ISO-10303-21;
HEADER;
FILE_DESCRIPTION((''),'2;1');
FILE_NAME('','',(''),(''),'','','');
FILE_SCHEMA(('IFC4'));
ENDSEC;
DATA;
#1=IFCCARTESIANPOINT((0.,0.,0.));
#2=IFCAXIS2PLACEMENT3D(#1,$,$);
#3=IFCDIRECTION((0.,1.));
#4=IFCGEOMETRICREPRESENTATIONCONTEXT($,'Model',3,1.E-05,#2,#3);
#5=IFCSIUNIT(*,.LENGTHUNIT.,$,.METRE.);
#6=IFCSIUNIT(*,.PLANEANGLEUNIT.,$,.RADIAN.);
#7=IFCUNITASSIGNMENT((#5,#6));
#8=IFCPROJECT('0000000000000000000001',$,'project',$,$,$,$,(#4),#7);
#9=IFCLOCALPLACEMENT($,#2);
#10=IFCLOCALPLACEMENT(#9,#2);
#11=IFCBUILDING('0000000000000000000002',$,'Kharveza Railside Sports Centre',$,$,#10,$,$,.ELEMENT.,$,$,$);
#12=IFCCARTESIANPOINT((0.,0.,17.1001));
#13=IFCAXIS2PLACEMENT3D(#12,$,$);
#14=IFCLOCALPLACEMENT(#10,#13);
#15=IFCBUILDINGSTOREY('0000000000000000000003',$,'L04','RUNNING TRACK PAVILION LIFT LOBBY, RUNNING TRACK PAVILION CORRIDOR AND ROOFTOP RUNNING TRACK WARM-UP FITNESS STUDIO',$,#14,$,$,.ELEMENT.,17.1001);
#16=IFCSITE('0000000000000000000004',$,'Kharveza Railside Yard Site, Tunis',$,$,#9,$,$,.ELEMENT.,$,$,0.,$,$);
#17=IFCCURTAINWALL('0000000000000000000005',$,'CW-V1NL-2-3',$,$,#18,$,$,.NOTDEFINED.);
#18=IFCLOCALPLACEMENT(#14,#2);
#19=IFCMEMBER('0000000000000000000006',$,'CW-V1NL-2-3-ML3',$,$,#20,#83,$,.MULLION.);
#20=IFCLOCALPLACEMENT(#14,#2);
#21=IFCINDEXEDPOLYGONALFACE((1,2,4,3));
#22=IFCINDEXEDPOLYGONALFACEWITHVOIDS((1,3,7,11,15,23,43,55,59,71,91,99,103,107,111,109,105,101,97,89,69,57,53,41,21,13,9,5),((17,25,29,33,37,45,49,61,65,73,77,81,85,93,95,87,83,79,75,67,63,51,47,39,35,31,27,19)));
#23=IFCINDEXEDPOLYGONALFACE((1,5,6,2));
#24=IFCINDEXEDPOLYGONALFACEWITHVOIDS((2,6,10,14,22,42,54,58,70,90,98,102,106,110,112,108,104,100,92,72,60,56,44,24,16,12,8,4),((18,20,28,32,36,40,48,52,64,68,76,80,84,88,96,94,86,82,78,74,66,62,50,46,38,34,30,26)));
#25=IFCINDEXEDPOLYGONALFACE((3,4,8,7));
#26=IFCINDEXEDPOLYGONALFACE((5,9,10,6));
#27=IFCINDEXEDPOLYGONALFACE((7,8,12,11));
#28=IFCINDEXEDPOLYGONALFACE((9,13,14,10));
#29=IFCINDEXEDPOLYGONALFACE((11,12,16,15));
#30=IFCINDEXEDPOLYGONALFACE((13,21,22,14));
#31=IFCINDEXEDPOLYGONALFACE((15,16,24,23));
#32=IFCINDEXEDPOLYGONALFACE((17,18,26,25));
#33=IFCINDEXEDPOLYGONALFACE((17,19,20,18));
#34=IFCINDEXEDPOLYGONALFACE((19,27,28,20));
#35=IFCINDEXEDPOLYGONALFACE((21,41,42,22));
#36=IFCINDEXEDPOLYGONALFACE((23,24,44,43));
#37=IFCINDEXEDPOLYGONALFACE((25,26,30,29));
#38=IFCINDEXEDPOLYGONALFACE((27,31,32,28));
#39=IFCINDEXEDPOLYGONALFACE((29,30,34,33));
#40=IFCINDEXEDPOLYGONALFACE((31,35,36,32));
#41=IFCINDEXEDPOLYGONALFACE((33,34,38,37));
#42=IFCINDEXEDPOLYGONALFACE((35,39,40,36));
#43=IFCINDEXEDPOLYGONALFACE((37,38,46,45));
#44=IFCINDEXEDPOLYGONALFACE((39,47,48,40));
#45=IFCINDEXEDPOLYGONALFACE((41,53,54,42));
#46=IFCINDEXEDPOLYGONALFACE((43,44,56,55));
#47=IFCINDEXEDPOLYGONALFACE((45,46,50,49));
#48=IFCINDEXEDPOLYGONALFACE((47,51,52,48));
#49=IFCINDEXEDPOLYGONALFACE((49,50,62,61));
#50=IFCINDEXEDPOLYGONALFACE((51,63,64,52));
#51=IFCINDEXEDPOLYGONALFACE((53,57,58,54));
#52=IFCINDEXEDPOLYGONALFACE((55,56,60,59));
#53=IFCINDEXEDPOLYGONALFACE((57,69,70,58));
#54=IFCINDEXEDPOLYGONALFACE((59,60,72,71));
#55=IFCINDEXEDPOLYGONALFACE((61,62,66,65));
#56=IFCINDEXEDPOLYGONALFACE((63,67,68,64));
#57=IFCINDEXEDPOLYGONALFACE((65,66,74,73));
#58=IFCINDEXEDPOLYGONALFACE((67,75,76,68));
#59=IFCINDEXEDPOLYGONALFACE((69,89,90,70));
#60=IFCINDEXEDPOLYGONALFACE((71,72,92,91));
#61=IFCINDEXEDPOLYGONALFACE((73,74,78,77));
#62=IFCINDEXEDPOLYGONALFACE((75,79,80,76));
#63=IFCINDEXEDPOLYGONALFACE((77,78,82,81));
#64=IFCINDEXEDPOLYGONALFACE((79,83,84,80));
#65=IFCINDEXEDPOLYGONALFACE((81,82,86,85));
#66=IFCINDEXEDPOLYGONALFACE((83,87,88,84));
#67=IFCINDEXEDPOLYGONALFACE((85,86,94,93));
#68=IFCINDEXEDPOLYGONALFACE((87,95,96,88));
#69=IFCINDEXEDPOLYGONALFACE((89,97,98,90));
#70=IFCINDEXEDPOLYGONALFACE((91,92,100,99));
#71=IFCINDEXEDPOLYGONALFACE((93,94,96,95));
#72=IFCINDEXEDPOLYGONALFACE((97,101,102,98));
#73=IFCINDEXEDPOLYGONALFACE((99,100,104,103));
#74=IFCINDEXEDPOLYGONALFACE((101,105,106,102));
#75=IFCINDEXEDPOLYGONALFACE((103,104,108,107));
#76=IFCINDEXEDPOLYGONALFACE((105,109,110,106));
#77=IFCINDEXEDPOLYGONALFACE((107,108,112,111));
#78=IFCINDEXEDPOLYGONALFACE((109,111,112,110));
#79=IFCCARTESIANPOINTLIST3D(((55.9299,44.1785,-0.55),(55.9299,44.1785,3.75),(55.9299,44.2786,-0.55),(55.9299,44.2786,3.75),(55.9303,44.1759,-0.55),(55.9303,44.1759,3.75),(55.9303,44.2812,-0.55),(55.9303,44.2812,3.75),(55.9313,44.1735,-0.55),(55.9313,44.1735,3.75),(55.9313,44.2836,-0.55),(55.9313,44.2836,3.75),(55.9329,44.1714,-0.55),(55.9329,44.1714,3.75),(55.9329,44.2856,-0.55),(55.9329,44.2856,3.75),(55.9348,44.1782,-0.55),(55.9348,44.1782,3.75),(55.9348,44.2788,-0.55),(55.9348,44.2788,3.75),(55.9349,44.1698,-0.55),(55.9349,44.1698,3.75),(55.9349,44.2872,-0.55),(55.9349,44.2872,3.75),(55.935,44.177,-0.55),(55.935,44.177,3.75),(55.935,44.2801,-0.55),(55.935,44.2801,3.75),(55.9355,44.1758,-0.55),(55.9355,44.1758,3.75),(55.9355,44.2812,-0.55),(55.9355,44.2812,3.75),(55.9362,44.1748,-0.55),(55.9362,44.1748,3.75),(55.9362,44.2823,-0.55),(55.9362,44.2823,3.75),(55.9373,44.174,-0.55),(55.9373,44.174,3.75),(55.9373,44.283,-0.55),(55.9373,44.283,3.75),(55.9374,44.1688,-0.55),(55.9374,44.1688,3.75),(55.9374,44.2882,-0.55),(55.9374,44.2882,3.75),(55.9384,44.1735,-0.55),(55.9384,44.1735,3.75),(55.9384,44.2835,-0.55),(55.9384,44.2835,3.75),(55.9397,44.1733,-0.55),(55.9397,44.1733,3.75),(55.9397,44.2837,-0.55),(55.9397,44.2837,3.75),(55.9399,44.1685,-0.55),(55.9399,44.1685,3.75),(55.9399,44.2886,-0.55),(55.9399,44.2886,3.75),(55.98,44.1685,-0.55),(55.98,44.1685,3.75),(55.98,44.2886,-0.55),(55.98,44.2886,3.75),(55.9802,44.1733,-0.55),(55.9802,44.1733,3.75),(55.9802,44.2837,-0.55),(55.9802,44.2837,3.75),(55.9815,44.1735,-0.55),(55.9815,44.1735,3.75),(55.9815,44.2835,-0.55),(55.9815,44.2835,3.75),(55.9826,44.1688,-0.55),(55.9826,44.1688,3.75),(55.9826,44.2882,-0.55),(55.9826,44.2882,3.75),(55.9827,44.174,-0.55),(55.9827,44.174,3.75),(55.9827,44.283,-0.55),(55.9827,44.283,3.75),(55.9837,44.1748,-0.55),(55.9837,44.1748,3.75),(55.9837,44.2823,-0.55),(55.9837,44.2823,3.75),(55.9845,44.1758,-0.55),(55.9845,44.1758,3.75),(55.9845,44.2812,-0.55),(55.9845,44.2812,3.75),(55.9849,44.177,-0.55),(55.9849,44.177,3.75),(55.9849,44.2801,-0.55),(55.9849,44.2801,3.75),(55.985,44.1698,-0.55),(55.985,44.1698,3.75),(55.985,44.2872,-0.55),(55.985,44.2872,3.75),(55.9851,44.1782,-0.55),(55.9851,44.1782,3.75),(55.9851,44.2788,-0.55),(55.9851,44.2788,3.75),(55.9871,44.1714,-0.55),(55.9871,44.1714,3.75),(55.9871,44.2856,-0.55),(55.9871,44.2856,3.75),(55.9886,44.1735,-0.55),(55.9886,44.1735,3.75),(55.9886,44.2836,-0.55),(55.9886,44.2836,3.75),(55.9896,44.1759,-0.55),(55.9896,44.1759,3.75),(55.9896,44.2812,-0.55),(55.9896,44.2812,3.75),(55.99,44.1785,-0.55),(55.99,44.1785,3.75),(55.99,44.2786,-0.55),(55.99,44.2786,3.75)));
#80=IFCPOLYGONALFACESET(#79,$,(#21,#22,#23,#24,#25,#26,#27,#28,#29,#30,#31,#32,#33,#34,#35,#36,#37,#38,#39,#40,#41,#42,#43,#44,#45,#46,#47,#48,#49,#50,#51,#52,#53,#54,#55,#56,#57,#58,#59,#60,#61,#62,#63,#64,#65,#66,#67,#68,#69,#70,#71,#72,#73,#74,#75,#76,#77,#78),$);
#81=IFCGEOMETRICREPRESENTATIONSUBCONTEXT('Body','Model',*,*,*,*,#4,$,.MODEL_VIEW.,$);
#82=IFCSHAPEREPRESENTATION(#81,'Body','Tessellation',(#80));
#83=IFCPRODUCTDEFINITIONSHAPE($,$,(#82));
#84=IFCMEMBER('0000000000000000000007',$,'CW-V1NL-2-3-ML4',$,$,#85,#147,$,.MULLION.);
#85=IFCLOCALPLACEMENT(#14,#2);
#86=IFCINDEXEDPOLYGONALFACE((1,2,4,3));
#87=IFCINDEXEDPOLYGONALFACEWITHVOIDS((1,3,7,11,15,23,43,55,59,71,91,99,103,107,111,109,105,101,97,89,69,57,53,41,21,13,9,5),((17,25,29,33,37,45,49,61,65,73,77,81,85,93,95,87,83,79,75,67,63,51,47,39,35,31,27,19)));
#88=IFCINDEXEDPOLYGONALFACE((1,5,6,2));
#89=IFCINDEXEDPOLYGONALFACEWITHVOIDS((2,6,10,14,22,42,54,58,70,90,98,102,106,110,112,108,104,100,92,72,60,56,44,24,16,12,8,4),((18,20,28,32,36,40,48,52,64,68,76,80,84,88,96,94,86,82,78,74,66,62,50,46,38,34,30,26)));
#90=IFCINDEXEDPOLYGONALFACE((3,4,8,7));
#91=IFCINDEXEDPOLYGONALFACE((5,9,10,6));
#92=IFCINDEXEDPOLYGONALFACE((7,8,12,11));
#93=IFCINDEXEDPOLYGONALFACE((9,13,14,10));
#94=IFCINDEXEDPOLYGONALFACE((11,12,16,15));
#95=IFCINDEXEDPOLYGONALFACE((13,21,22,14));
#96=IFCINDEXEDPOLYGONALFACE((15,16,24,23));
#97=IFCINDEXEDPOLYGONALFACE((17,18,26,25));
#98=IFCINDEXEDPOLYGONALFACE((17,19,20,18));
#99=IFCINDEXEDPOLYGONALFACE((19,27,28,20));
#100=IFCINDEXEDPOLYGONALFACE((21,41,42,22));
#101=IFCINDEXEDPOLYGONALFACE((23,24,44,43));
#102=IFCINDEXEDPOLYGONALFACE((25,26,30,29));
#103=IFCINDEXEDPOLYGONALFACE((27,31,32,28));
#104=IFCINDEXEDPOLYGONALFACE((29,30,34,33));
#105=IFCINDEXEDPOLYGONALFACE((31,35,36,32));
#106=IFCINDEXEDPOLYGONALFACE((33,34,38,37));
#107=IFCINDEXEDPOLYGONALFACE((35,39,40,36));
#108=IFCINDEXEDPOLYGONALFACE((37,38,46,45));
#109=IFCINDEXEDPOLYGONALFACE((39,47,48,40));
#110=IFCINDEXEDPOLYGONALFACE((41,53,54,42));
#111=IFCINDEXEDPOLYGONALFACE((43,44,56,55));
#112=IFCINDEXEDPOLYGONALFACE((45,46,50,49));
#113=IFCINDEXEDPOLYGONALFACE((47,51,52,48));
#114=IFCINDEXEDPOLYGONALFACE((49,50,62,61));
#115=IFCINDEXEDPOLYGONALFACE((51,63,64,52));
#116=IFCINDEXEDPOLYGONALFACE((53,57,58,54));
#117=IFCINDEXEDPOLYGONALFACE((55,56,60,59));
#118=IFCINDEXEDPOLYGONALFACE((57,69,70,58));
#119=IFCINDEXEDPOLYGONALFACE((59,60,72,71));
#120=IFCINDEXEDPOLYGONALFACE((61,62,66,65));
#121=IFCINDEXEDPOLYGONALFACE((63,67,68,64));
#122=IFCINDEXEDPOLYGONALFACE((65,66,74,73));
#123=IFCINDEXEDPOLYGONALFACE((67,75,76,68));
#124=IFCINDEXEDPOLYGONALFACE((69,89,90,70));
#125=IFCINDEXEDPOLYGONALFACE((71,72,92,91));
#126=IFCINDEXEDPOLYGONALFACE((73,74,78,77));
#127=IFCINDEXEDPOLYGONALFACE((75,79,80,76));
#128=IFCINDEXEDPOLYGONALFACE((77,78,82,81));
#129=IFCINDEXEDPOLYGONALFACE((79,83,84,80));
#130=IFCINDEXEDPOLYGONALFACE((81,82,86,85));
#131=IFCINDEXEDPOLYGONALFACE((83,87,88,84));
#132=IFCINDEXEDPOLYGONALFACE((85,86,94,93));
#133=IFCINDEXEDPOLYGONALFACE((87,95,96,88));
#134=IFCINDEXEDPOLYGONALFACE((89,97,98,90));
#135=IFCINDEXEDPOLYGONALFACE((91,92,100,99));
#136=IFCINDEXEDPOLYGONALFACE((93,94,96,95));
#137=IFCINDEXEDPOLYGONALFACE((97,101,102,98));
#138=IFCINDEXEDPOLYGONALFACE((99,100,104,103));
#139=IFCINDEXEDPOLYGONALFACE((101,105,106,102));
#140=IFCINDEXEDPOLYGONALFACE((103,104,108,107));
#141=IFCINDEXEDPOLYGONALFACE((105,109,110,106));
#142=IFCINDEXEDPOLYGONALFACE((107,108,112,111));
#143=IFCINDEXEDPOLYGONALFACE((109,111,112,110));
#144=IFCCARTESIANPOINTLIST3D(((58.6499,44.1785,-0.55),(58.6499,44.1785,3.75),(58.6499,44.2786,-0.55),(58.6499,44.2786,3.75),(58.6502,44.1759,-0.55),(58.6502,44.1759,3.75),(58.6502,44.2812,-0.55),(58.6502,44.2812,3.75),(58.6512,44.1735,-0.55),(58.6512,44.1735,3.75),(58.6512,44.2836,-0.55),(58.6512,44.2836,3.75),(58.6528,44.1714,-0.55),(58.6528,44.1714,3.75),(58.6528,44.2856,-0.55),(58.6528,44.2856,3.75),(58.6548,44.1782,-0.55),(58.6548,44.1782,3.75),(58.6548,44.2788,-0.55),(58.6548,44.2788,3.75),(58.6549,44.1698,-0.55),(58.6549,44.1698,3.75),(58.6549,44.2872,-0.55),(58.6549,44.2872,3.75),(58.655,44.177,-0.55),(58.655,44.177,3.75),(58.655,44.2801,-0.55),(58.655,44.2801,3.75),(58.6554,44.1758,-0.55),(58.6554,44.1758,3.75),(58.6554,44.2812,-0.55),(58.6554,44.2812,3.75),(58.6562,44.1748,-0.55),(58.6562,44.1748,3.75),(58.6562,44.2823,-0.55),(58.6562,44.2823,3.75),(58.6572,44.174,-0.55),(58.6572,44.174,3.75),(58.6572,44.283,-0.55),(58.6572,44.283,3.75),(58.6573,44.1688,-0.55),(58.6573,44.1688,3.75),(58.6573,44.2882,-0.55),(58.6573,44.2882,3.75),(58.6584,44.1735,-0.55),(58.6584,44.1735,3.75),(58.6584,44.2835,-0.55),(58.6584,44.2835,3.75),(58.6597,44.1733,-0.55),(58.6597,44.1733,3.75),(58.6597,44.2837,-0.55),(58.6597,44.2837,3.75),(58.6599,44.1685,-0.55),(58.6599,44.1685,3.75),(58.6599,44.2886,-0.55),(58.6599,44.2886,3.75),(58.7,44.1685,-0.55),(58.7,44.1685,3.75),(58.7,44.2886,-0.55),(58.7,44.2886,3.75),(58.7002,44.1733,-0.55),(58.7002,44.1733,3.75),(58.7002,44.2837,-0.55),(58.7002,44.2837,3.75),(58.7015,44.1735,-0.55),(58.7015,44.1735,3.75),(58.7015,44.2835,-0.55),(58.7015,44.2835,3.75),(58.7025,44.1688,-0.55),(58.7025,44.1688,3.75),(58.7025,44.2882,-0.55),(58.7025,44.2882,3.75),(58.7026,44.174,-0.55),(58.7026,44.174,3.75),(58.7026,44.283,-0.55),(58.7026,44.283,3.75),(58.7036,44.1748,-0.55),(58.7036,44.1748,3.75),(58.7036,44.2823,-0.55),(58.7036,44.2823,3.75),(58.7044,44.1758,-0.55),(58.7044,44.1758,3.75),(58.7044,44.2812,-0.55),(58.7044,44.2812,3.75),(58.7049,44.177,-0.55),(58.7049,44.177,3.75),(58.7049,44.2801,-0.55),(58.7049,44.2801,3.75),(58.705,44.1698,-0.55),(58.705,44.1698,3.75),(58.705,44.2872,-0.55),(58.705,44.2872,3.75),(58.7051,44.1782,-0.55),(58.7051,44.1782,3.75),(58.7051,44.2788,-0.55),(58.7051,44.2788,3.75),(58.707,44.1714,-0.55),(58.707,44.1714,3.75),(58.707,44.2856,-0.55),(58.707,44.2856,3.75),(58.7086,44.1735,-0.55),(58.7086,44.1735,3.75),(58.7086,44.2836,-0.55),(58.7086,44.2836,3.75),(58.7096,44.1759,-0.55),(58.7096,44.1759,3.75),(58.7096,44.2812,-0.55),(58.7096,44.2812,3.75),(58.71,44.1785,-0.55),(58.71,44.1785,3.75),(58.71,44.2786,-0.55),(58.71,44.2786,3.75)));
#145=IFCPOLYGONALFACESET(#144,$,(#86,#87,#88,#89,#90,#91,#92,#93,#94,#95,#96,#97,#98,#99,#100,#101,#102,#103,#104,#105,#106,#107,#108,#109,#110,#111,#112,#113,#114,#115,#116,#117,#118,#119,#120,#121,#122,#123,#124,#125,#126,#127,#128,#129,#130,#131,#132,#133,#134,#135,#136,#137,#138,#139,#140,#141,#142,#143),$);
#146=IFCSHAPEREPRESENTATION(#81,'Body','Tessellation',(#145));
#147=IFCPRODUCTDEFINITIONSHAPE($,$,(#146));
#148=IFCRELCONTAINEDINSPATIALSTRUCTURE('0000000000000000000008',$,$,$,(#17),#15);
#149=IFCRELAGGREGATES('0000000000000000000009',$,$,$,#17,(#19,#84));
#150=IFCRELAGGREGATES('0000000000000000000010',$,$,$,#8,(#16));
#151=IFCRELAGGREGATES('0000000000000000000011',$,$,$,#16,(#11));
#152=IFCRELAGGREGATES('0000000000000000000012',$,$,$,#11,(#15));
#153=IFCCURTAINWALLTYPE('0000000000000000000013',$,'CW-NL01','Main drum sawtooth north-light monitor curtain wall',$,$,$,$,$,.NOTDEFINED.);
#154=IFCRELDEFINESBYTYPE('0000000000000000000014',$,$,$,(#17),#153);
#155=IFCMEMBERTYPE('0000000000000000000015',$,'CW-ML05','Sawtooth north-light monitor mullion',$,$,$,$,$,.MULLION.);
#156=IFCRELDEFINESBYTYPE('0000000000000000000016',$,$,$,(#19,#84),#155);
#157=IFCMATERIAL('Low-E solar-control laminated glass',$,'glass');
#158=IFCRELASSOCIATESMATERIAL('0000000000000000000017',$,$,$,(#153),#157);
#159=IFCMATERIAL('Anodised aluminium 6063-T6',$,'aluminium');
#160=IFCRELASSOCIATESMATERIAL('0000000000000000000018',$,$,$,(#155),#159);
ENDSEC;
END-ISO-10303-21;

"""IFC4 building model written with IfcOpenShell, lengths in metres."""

from ifc_helpers import new_model, si_unit, direction, frame, origin, origin_2d, place, context, subcontext, project, spatial, hollow_rectangle, extrude, material, material_profile, profile_set, type_object, element, aggregate, save


model = new_model("IFC4")

# Units and contexts
model_context = context("Model", 3, precision=1e-05, world=origin(), true_north=direction((0.0, 1.0)))
body_context = subcontext(model_context, "Body", "Model", "MODEL_VIEW")
ifc_project = project(units=[si_unit("LENGTHUNIT", "METRE"), si_unit("PLANEANGLEUNIT", "RADIAN")], contexts=[model_context])

# Site, building, storey
site_placement = place(None, origin())
site = spatial("IfcSite", under=ifc_project, at=site_placement, Name="Kharveza Railside Yard Site, Tunis", CompositionType="ELEMENT", RefElevation=0.0)
building_placement = place(site_placement, origin())
building = spatial("IfcBuilding", under=site, at=building_placement, Name="Kharveza Railside Sports Centre", CompositionType="ELEMENT")
storey_placement = place(building_placement, frame((0.0, 0.0, 17.1001)))
storey = spatial("IfcBuildingStorey", under=building, at=storey_placement, Name="L04", Description="RUNNING TRACK PAVILION LIFT LOBBY, RUNNING TRACK PAVILION CORRIDOR AND ROOFTOP RUNNING TRACK WARM-UP FITNESS STUDIO", CompositionType="ELEMENT", Elevation=17.1001)

# Curtain wall, members
ifc_material_1 = material(Name="Low-E solar-control laminated glass", Category="glass")
curtain_wall_type = type_object("IfcCurtainWallType", Name="CW-NL01", Description="Main drum sawtooth north-light monitor curtain wall", PredefinedType="NOTDEFINED", material=ifc_material_1)
ifc_material_2 = material(Name="Anodised aluminium 6063-T6", Category="aluminium")
ifc_material_profile_1 = material_profile(ifc_material_2, hollow_rectangle(XDim=0.0601, YDim=0.1201, WallThickness=0.0049, InnerFilletRadius=0.0049, OuterFilletRadius=0.01, at=origin_2d()), Name="RHS 60x120x5.0")
ifc_profile_set_1 = profile_set([ifc_material_profile_1], Name="Anodised aluminium 6063-T6")
member_type_1 = type_object("IfcMemberType", Name="CW-ML05", Description="Sawtooth north-light monitor mullion", PredefinedType="MULLION", material=ifc_profile_set_1)
curtain_wall_1_placement = place(storey_placement, origin())
curtain_wall_1 = element("IfcCurtainWall", 1, at=curtain_wall_1_placement, inside=storey, type_object=curtain_wall_type, Name="CW-V1NL-2-3", PredefinedType="NOTDEFINED")
member_1_placement = place(storey_placement, frame((55.96, 44.2285, -0.55), z_axis=(0.0, 0.0, 1.0), x_axis=(1.0, 0.0, 0.0)))
member_1 = element("IfcMember", 2, at=member_1_placement, type_object=member_type_1, Name="CW-V1NL-2-3-ML3", PredefinedType="MULLION", context=body_context, shape_type="SweptSolid", body=[
    extrude(hollow_rectangle(XDim=0.0601, YDim=0.1201, WallThickness=0.0049, InnerFilletRadius=0.0049, OuterFilletRadius=0.01, at=origin_2d()), origin(), (0.0, 0.0, 1.0), 4.3),
])
member_2_placement = place(storey_placement, frame((58.6799, 44.2285, -0.55), z_axis=(0.0, 0.0, 1.0), x_axis=(1.0, 0.0, 0.0)))
member_2 = element("IfcMember", 3, at=member_2_placement, type_object=member_type_1, Name="CW-V1NL-2-3-ML4", PredefinedType="MULLION", context=body_context, shape_type="SweptSolid", body=[
    extrude(hollow_rectangle(XDim=0.0601, YDim=0.1201, WallThickness=0.0049, InnerFilletRadius=0.0049, OuterFilletRadius=0.01, at=origin_2d()), origin(), (0.0, 0.0, 1.0), 4.3),
])

aggregate(curtain_wall_1, [member_1, member_2])

save(model, "model.ifc")
